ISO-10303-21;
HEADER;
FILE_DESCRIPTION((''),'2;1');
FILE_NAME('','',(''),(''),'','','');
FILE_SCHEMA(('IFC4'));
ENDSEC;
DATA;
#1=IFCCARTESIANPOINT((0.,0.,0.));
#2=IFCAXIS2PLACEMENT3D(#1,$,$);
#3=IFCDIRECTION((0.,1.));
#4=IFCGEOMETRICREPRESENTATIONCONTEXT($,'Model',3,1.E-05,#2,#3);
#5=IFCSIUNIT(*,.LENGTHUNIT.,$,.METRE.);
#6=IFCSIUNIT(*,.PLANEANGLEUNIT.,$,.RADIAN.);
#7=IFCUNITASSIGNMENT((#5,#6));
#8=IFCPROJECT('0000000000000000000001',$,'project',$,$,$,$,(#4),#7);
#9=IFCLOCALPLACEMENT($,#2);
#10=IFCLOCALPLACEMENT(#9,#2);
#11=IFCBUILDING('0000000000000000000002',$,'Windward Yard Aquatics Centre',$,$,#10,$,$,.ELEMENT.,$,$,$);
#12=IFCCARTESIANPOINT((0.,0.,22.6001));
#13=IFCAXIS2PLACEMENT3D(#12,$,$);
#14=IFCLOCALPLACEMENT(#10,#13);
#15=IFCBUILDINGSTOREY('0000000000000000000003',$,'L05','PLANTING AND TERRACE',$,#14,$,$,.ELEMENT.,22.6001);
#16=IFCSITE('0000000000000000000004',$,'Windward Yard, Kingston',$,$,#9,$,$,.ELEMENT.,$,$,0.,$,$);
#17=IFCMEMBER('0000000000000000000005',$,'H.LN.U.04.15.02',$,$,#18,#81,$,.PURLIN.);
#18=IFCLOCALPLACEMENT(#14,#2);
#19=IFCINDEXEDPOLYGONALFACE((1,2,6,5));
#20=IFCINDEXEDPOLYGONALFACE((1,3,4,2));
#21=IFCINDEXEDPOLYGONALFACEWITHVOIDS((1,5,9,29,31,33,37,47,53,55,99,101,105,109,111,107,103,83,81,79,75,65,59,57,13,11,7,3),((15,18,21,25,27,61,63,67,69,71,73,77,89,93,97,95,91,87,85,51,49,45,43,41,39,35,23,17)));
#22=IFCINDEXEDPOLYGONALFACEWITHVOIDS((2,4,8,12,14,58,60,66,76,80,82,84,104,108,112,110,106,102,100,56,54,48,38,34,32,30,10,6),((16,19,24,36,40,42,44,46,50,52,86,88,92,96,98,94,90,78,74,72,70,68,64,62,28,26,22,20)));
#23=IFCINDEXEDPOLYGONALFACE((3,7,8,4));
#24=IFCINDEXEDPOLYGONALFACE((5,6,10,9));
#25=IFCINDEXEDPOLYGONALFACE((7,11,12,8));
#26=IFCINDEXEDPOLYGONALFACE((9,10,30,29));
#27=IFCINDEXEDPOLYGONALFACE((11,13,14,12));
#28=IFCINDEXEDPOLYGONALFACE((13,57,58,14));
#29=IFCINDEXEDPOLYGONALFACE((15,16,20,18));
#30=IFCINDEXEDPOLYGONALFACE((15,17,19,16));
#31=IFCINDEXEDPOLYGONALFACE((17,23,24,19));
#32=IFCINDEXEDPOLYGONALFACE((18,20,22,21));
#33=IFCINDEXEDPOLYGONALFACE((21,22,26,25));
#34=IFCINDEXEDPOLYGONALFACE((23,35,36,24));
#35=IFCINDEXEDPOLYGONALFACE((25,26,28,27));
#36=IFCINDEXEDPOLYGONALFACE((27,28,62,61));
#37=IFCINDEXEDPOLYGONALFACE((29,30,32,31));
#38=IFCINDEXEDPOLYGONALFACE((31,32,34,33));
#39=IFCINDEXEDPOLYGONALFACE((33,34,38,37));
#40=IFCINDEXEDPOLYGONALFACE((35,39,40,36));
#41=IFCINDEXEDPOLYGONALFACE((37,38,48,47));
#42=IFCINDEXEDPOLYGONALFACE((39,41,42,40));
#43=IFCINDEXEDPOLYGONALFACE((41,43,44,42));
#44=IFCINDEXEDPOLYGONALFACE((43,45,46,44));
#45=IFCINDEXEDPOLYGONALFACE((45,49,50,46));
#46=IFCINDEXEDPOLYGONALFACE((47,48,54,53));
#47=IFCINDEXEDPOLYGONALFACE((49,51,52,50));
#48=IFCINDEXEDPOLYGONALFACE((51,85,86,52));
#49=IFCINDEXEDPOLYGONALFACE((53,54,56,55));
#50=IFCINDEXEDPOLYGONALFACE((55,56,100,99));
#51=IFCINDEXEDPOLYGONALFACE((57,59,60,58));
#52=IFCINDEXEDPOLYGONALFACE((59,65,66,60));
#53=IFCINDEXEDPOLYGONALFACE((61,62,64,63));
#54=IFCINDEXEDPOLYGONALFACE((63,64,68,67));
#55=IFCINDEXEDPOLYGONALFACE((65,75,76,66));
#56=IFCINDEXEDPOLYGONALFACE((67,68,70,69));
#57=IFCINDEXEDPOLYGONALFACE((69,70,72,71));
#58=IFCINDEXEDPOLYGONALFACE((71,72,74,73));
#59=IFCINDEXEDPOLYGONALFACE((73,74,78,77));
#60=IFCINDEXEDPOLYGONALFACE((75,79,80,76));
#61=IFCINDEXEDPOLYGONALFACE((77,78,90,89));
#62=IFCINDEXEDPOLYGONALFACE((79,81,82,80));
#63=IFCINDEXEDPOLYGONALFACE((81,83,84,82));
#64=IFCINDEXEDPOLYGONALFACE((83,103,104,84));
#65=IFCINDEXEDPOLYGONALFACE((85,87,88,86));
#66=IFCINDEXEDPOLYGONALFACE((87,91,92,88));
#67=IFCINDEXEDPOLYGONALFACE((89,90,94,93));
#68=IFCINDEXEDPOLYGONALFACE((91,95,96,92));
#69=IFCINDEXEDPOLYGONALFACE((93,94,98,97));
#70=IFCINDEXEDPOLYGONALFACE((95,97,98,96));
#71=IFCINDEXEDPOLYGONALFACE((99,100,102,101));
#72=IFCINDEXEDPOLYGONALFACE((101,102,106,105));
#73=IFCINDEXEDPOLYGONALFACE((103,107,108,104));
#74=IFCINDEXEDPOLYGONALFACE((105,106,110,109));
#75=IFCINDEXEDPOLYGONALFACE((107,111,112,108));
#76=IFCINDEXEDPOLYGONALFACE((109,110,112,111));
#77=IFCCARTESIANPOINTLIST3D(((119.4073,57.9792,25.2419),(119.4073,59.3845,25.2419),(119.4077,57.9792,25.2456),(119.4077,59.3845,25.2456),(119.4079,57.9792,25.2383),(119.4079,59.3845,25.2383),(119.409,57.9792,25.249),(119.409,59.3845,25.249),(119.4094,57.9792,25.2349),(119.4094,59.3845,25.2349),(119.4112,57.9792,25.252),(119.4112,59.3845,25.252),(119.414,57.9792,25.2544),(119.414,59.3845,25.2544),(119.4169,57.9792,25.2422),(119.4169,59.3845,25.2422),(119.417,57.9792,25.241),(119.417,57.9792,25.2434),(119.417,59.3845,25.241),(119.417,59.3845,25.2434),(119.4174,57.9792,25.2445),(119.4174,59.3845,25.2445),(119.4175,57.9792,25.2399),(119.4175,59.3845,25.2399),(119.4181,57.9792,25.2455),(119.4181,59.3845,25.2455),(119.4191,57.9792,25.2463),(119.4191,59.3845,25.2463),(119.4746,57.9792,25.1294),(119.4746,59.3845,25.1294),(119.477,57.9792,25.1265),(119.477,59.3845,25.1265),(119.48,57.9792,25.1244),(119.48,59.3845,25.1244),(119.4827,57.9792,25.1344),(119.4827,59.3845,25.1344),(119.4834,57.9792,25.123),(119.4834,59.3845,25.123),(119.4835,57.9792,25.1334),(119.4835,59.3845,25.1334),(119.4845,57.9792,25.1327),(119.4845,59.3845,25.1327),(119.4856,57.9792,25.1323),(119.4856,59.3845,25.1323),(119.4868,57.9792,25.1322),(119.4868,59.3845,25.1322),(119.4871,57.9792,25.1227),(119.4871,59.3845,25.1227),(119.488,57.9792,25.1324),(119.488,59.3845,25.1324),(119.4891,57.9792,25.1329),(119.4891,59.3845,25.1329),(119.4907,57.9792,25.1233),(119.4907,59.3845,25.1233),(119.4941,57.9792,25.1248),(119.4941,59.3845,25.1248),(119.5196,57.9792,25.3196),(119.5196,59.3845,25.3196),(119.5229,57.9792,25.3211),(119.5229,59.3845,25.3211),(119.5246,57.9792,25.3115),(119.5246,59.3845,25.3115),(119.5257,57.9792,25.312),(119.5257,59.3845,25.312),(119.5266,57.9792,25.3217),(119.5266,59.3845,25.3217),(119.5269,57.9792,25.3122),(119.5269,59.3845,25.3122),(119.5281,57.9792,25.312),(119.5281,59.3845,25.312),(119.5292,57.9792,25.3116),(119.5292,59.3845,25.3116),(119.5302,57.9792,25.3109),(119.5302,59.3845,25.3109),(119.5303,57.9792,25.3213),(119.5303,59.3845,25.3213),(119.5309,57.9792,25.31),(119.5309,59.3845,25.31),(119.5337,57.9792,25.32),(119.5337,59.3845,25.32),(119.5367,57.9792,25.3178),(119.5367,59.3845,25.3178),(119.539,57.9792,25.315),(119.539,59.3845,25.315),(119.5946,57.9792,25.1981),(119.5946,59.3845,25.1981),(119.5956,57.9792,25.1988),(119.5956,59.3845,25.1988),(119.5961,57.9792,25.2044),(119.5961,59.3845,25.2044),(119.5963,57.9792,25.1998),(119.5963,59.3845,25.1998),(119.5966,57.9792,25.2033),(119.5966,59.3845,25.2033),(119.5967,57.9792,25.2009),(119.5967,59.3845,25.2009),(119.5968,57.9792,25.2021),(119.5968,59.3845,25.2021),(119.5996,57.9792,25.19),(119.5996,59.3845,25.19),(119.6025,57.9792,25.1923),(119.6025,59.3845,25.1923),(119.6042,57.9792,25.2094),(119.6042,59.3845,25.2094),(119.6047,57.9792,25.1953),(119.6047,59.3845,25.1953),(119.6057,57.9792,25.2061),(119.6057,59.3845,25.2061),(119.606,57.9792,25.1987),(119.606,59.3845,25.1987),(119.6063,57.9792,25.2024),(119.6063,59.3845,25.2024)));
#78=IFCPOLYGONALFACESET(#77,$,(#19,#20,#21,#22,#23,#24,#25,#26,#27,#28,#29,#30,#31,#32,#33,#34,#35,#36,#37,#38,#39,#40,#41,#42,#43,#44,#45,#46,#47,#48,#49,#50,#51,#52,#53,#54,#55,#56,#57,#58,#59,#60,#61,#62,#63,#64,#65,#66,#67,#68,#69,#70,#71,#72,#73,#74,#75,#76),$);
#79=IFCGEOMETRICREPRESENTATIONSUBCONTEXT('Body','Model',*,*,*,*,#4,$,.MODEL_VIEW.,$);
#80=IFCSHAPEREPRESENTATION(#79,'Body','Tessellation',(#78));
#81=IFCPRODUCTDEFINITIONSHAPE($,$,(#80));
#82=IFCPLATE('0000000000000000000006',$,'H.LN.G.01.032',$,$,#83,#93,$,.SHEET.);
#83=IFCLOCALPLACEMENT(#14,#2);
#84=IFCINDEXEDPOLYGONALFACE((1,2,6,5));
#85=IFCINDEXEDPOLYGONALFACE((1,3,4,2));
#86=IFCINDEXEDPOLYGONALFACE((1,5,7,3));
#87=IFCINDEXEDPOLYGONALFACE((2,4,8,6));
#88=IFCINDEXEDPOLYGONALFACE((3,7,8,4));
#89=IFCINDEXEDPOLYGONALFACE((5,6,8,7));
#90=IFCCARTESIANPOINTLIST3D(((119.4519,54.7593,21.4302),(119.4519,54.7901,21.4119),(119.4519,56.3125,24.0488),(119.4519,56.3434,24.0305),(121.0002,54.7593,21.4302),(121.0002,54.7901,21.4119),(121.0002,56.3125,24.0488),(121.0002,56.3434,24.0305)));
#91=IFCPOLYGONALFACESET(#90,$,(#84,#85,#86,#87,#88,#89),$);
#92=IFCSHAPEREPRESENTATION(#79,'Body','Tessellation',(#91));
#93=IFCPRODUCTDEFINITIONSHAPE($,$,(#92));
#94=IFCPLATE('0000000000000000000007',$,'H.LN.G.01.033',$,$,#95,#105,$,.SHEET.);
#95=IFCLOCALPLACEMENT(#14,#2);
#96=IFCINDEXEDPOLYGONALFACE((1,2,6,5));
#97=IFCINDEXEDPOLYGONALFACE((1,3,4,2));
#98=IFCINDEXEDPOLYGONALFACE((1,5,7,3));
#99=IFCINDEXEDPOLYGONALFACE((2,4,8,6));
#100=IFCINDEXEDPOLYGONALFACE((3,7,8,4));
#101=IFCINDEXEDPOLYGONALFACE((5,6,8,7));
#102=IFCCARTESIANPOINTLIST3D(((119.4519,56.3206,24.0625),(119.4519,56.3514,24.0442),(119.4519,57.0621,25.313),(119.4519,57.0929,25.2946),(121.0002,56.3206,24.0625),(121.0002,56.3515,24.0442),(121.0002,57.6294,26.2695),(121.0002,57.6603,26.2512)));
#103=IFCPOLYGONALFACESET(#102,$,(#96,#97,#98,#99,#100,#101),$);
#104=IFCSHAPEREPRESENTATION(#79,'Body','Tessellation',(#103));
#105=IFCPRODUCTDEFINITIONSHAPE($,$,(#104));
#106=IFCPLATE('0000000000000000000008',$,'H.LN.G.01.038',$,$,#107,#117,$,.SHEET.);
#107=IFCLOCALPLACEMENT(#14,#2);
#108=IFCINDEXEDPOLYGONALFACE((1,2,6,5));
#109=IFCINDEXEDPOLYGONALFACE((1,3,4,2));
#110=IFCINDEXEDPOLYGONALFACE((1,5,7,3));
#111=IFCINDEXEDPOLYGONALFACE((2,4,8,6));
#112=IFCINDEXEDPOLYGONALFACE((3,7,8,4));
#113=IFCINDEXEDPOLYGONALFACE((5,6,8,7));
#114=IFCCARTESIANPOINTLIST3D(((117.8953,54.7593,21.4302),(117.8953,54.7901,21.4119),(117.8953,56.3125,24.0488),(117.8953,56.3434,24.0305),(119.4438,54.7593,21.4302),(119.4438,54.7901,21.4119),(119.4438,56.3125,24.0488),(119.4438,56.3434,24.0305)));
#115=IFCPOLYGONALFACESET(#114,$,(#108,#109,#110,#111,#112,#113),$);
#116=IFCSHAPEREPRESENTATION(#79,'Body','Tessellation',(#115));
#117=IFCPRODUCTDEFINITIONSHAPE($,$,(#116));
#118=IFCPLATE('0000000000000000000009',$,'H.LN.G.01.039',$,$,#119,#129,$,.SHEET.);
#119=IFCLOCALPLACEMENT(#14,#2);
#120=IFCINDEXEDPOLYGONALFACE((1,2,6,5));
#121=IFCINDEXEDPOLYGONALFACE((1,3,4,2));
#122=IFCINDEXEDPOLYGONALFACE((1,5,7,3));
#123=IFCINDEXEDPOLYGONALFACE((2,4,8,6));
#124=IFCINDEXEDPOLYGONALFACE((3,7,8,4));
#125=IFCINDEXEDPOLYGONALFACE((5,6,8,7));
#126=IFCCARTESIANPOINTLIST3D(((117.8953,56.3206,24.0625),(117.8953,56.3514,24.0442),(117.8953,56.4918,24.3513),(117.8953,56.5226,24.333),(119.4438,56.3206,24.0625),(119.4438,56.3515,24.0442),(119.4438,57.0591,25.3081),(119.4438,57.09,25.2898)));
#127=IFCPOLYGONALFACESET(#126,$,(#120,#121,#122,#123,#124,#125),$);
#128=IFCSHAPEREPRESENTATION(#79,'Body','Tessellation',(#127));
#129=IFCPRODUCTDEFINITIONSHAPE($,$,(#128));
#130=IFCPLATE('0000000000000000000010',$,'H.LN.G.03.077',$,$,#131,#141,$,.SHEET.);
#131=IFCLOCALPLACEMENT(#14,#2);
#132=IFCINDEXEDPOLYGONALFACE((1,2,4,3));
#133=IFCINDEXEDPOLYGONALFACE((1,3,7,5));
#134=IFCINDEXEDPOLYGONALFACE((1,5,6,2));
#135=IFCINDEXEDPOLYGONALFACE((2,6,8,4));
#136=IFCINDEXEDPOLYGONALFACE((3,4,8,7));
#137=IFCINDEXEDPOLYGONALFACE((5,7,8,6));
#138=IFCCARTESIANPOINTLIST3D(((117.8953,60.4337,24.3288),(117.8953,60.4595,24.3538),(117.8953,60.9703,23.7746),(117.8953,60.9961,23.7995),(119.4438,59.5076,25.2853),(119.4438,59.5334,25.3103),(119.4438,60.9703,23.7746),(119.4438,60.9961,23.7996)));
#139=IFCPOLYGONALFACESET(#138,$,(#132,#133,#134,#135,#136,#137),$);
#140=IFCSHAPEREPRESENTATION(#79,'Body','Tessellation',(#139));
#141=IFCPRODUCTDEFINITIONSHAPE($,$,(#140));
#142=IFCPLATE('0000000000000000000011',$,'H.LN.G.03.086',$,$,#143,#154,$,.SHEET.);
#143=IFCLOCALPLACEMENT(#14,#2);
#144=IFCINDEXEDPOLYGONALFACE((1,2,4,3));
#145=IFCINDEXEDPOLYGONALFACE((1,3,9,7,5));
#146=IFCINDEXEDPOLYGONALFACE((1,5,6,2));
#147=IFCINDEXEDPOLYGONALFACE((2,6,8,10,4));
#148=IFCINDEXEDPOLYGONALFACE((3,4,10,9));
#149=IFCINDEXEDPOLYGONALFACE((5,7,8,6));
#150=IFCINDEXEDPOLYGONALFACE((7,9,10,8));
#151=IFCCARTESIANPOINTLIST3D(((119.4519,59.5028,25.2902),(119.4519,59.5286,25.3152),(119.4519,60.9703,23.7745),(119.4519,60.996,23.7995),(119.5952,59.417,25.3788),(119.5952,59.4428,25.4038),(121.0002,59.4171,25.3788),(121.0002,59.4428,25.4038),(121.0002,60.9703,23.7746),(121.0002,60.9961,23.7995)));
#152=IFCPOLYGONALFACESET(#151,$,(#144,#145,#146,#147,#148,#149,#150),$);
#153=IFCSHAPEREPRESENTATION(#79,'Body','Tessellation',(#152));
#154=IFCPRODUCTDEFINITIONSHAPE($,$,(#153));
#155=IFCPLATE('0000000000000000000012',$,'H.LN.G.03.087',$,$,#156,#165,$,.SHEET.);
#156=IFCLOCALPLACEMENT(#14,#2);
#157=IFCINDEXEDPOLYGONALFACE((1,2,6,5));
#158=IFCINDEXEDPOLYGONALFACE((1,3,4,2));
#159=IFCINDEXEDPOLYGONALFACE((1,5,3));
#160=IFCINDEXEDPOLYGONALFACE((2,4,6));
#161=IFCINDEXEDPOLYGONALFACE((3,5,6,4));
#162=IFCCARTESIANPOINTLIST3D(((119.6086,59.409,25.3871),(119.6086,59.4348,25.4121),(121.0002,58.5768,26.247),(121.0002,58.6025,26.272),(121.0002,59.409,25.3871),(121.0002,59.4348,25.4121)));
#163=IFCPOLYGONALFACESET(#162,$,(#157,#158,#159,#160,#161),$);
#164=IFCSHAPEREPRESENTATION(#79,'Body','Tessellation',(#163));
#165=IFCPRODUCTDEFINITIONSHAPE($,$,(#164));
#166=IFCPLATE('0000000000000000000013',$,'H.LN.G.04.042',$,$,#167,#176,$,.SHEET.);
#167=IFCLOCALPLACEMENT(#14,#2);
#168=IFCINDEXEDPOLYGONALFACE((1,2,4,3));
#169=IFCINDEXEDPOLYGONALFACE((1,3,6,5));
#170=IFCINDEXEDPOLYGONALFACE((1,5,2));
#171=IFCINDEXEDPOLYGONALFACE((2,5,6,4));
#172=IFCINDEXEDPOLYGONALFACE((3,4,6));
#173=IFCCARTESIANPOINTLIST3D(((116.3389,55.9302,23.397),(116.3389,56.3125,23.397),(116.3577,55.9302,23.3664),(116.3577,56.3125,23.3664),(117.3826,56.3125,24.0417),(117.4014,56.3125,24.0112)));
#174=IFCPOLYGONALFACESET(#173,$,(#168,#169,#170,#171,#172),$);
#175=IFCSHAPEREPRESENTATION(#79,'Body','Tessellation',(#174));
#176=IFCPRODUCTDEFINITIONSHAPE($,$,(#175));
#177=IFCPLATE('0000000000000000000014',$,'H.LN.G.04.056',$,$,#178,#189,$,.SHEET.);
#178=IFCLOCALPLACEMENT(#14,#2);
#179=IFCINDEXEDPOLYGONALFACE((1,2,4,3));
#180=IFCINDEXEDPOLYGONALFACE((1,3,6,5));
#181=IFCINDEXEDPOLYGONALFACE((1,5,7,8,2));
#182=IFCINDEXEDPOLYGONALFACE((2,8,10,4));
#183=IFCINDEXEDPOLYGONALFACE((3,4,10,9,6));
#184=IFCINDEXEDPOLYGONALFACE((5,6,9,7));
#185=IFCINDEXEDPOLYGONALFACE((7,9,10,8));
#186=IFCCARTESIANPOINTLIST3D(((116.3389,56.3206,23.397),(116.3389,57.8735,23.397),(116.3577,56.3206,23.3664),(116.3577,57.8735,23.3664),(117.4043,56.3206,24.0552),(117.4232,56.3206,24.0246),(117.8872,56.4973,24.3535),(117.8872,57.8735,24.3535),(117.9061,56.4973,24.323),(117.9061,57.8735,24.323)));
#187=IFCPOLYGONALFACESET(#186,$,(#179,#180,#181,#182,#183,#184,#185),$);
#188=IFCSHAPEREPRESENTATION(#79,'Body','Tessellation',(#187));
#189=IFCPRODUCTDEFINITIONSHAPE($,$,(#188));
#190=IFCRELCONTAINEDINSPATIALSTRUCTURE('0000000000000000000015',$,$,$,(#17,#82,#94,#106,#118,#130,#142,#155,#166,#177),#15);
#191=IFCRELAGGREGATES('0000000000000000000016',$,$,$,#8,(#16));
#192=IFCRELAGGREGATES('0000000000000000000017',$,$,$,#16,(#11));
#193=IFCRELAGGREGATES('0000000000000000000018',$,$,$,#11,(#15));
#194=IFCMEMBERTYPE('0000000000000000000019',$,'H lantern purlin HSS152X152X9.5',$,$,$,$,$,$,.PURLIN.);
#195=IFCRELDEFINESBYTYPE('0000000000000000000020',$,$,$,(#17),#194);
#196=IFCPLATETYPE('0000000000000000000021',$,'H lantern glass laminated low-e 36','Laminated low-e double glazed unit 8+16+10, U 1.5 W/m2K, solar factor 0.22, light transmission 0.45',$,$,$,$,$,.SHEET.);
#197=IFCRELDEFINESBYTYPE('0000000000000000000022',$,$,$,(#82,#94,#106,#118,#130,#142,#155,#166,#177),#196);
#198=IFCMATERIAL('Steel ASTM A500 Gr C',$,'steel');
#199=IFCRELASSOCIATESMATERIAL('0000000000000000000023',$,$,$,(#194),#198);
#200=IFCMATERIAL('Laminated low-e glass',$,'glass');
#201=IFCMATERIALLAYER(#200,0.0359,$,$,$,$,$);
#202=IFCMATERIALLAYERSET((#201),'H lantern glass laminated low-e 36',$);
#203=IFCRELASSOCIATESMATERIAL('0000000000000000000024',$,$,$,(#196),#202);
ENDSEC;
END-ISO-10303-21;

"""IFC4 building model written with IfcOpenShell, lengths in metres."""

from ifc_helpers import new_model, si_unit, direction, frame, origin, origin_2d, place, context, subcontext, project, spatial, polyline, hollow_rectangle, outline, extrude, material, layer, layer_set, material_profile, profile_set, type_object, element, save


model = new_model("IFC4")

# Units and contexts
model_context = context("Model", 3, precision=1e-05, world=origin(), true_north=direction((0.0, 1.0)))
body_context = subcontext(model_context, "Body", "Model", "MODEL_VIEW")
ifc_project = project(units=[si_unit("LENGTHUNIT", "METRE"), si_unit("PLANEANGLEUNIT", "RADIAN")], contexts=[model_context])

# Site, building, storey
site_placement = place(None, origin())
site = spatial("IfcSite", under=ifc_project, at=site_placement, Name="Windward Yard, Kingston", CompositionType="ELEMENT", RefElevation=0.0)
building_placement = place(site_placement, origin())
building = spatial("IfcBuilding", under=site, at=building_placement, Name="Windward Yard Aquatics Centre", CompositionType="ELEMENT")
storey_placement = place(building_placement, frame((0.0, 0.0, 22.6001)))
storey = spatial("IfcBuildingStorey", under=building, at=storey_placement, Name="L05", Description="PLANTING AND TERRACE", CompositionType="ELEMENT", Elevation=22.6001)

# Member
ifc_material_1 = material(Name="Steel ASTM A500 Gr C", Category="steel")
ifc_material_profile = material_profile(ifc_material_1, hollow_rectangle(XDim=0.1523, YDim=0.1523, WallThickness=0.0095, InnerFilletRadius=0.0046, OuterFilletRadius=0.0142, at=origin_2d()), Name="HSS152X152X9.5")
ifc_profile_set = profile_set([ifc_material_profile], Name="Steel ASTM A500 Gr C")
member_type = type_object("IfcMemberType", Name="H lantern purlin HSS152X152X9.5", PredefinedType="PURLIN", material=ifc_profile_set)
member_1_placement = place(storey_placement, frame((119.5068, 57.9792, 25.2222), z_axis=(0.0, 1.0, 0.0), x_axis=(-0.850755, 0.0, -0.525562)))
element("IfcMember", 1, at=member_1_placement, inside=storey, type_object=member_type, Name="H.LN.U.04.15.02", PredefinedType="PURLIN", context=body_context, shape_type="SweptSolid", body=[
    extrude(hollow_rectangle(XDim=0.1523, YDim=0.1523, WallThickness=0.0095, InnerFilletRadius=0.0046, OuterFilletRadius=0.0142, at=origin_2d()), origin(), (0.0, 0.0, 1.0), 1.4053),
])

# Plates
ifc_material_2 = material(Name="Laminated low-e glass", Category="glass")
ifc_layer = layer(ifc_material_2, 0.0359)
ifc_layer_set = layer_set([ifc_layer], Name="H lantern glass laminated low-e 36")
plate_type = type_object("IfcPlateType", Name="H lantern glass laminated low-e 36", Description="Laminated low-e double glazed unit 8+16+10, U 1.5 W/m2K, solar factor 0.22, light transmission 0.45", PredefinedType="SHEET", material=ifc_layer_set)
plate_1_placement = place(storey_placement, frame((119.4519, 54.7593, 21.4302), z_axis=(0.0, -0.860086, 0.51015), x_axis=(0.0, 0.51015, 0.860086)))
element("IfcPlate", 2, at=plate_1_placement, inside=storey, type_object=plate_type, Name="H.LN.G.01.032", PredefinedType="SHEET", context=body_context, shape_type="SweptSolid", body=[
    extrude(outline(polyline([(0.0, 0.0), (3.0446, 0.0), (3.0446, -1.5483), (0.0, -1.5483), (0.0, 0.0)])), origin(), (0.0, 0.0, -1.0), 0.0359),
])
plate_2_placement = place(storey_placement, frame((119.4519, 56.3206, 24.0625), z_axis=(0.000044, -0.86014, 0.510059), x_axis=(0.0, 0.510059, 0.86014)))
element("IfcPlate", 3, at=plate_2_placement, inside=storey, type_object=plate_type, Name="H.LN.G.01.033", PredefinedType="SHEET", context=body_context, shape_type="SweptSolid", body=[
    extrude(outline(polyline([(0.0, 0.0), (1.4538, 0.0), (2.5659, -1.5483), (0.0, -1.5483), (0.0, 0.0)])), origin(), (0.0, 0.0, -1.0), 0.0359),
])
plate_3_placement = place(storey_placement, frame((117.8953, 54.7593, 21.4302), z_axis=(0.0, -0.860086, 0.51015), x_axis=(0.0, 0.51015, 0.860086)))
element("IfcPlate", 4, at=plate_3_placement, inside=storey, type_object=plate_type, Name="H.LN.G.01.038", PredefinedType="SHEET", context=body_context, shape_type="SweptSolid", body=[
    extrude(outline(polyline([(0.0, 0.0), (3.0446, 0.0), (3.0446, -1.5486), (0.0, -1.5486), (0.0, 0.0)])), origin(), (0.0, 0.0, -1.0), 0.0359),
])
plate_4_placement = place(storey_placement, frame((117.8953, 56.3206, 24.0625), z_axis=(0.000045, -0.860198, 0.50996), x_axis=(0.0, 0.50996, 0.860198)))
element("IfcPlate", 5, at=plate_4_placement, inside=storey, type_object=plate_type, Name="H.LN.G.01.039", PredefinedType="SHEET", context=body_context, shape_type="SweptSolid", body=[
    extrude(outline(polyline([(0.0, 0.0), (0.3357, 0.0), (1.4481, -1.5486), (0.0, -1.5486), (0.0, 0.0)])), origin(), (0.0, 0.0, -1.0), 0.0359),
])
plate_5_placement = place(storey_placement, frame((117.8953, 60.4595, 24.3538), z_axis=(-0.000022, 0.718439, 0.69559), x_axis=(0.0, 0.69559, -0.718439)))
element("IfcPlate", 6, at=plate_5_placement, inside=storey, type_object=plate_type, Name="H.LN.G.03.077", PredefinedType="SHEET", context=body_context, shape_type="SweptSolid", body=[
    extrude(outline(polyline([(0.0, 0.0), (0.7714, 0.0), (0.7714, -1.5486), (-1.3314, -1.5486), (0.0, 0.0)])), origin(), (0.0, 0.0, -1.0), 0.0359),
])
plate_6_placement = place(storey_placement, frame((119.4519, 59.5286, 25.3152), z_axis=(-0.000026, 0.718439, 0.69559), x_axis=(0.0, 0.69559, -0.718439)))
element("IfcPlate", 7, at=plate_6_placement, inside=storey, type_object=plate_type, Name="H.LN.G.03.086", PredefinedType="SHEET", context=body_context, shape_type="SweptSolid", body=[
    extrude(outline(polyline([(0.0, 0.0), (2.1097, 0.0), (2.1097, -1.5483), (-0.1233, -1.5483), (-0.1233, -0.1433), (0.0, 0.0)])), origin(), (0.0, 0.0, -1.0), 0.0359),
])
plate_7_placement = place(storey_placement, frame((119.6086, 59.4348, 25.4121), z_axis=(0.0, 0.71854, 0.695486), x_axis=(1.0, 0.0, 0.0)))
element("IfcPlate", 8, at=plate_7_placement, inside=storey, type_object=plate_type, Name="H.LN.G.03.087", PredefinedType="SHEET", context=body_context, shape_type="SweptSolid", body=[
    extrude(outline(polyline([(0.0, 0.0), (1.3916, 0.0), (1.3916, -1.1967), (0.0, 0.0)])), origin(), (0.0, 0.0, -1.0), 0.0359),
])
plate_8_placement = place(storey_placement, frame((116.3389, 55.9302, 23.397), z_axis=(-0.525573, 0.0, 0.850748), x_axis=(0.0, 1.0, 0.0)))
element("IfcPlate", 9, at=plate_8_placement, inside=storey, type_object=plate_type, Name="H.LN.G.04.042", PredefinedType="SHEET", context=body_context, shape_type="SweptSolid", body=[
    extrude(outline(polyline([(0.0, 0.0), (0.3823, 0.0), (0.3823, -1.2268), (0.0, 0.0)])), origin(), (0.0, 0.0, -1.0), 0.0359),
])
plate_9_placement = place(storey_placement, frame((116.3389, 56.3206, 23.397), z_axis=(-0.525578, -0.000001, 0.850745), x_axis=(-0.000001, 1.0, 0.000001)))
element("IfcPlate", 10, at=plate_9_placement, inside=storey, type_object=plate_type, Name="H.LN.G.04.056", PredefinedType="SHEET", context=body_context, shape_type="SweptSolid", body=[
    extrude(outline(polyline([(0.0, 0.0), (1.553, 0.0), (1.553, -1.82), (0.1768, -1.82), (0.0, -1.2523), (0.0, 0.0)])), origin(), (0.0, 0.0, -1.0), 0.0359),
])

save(model, "model.ifc")
